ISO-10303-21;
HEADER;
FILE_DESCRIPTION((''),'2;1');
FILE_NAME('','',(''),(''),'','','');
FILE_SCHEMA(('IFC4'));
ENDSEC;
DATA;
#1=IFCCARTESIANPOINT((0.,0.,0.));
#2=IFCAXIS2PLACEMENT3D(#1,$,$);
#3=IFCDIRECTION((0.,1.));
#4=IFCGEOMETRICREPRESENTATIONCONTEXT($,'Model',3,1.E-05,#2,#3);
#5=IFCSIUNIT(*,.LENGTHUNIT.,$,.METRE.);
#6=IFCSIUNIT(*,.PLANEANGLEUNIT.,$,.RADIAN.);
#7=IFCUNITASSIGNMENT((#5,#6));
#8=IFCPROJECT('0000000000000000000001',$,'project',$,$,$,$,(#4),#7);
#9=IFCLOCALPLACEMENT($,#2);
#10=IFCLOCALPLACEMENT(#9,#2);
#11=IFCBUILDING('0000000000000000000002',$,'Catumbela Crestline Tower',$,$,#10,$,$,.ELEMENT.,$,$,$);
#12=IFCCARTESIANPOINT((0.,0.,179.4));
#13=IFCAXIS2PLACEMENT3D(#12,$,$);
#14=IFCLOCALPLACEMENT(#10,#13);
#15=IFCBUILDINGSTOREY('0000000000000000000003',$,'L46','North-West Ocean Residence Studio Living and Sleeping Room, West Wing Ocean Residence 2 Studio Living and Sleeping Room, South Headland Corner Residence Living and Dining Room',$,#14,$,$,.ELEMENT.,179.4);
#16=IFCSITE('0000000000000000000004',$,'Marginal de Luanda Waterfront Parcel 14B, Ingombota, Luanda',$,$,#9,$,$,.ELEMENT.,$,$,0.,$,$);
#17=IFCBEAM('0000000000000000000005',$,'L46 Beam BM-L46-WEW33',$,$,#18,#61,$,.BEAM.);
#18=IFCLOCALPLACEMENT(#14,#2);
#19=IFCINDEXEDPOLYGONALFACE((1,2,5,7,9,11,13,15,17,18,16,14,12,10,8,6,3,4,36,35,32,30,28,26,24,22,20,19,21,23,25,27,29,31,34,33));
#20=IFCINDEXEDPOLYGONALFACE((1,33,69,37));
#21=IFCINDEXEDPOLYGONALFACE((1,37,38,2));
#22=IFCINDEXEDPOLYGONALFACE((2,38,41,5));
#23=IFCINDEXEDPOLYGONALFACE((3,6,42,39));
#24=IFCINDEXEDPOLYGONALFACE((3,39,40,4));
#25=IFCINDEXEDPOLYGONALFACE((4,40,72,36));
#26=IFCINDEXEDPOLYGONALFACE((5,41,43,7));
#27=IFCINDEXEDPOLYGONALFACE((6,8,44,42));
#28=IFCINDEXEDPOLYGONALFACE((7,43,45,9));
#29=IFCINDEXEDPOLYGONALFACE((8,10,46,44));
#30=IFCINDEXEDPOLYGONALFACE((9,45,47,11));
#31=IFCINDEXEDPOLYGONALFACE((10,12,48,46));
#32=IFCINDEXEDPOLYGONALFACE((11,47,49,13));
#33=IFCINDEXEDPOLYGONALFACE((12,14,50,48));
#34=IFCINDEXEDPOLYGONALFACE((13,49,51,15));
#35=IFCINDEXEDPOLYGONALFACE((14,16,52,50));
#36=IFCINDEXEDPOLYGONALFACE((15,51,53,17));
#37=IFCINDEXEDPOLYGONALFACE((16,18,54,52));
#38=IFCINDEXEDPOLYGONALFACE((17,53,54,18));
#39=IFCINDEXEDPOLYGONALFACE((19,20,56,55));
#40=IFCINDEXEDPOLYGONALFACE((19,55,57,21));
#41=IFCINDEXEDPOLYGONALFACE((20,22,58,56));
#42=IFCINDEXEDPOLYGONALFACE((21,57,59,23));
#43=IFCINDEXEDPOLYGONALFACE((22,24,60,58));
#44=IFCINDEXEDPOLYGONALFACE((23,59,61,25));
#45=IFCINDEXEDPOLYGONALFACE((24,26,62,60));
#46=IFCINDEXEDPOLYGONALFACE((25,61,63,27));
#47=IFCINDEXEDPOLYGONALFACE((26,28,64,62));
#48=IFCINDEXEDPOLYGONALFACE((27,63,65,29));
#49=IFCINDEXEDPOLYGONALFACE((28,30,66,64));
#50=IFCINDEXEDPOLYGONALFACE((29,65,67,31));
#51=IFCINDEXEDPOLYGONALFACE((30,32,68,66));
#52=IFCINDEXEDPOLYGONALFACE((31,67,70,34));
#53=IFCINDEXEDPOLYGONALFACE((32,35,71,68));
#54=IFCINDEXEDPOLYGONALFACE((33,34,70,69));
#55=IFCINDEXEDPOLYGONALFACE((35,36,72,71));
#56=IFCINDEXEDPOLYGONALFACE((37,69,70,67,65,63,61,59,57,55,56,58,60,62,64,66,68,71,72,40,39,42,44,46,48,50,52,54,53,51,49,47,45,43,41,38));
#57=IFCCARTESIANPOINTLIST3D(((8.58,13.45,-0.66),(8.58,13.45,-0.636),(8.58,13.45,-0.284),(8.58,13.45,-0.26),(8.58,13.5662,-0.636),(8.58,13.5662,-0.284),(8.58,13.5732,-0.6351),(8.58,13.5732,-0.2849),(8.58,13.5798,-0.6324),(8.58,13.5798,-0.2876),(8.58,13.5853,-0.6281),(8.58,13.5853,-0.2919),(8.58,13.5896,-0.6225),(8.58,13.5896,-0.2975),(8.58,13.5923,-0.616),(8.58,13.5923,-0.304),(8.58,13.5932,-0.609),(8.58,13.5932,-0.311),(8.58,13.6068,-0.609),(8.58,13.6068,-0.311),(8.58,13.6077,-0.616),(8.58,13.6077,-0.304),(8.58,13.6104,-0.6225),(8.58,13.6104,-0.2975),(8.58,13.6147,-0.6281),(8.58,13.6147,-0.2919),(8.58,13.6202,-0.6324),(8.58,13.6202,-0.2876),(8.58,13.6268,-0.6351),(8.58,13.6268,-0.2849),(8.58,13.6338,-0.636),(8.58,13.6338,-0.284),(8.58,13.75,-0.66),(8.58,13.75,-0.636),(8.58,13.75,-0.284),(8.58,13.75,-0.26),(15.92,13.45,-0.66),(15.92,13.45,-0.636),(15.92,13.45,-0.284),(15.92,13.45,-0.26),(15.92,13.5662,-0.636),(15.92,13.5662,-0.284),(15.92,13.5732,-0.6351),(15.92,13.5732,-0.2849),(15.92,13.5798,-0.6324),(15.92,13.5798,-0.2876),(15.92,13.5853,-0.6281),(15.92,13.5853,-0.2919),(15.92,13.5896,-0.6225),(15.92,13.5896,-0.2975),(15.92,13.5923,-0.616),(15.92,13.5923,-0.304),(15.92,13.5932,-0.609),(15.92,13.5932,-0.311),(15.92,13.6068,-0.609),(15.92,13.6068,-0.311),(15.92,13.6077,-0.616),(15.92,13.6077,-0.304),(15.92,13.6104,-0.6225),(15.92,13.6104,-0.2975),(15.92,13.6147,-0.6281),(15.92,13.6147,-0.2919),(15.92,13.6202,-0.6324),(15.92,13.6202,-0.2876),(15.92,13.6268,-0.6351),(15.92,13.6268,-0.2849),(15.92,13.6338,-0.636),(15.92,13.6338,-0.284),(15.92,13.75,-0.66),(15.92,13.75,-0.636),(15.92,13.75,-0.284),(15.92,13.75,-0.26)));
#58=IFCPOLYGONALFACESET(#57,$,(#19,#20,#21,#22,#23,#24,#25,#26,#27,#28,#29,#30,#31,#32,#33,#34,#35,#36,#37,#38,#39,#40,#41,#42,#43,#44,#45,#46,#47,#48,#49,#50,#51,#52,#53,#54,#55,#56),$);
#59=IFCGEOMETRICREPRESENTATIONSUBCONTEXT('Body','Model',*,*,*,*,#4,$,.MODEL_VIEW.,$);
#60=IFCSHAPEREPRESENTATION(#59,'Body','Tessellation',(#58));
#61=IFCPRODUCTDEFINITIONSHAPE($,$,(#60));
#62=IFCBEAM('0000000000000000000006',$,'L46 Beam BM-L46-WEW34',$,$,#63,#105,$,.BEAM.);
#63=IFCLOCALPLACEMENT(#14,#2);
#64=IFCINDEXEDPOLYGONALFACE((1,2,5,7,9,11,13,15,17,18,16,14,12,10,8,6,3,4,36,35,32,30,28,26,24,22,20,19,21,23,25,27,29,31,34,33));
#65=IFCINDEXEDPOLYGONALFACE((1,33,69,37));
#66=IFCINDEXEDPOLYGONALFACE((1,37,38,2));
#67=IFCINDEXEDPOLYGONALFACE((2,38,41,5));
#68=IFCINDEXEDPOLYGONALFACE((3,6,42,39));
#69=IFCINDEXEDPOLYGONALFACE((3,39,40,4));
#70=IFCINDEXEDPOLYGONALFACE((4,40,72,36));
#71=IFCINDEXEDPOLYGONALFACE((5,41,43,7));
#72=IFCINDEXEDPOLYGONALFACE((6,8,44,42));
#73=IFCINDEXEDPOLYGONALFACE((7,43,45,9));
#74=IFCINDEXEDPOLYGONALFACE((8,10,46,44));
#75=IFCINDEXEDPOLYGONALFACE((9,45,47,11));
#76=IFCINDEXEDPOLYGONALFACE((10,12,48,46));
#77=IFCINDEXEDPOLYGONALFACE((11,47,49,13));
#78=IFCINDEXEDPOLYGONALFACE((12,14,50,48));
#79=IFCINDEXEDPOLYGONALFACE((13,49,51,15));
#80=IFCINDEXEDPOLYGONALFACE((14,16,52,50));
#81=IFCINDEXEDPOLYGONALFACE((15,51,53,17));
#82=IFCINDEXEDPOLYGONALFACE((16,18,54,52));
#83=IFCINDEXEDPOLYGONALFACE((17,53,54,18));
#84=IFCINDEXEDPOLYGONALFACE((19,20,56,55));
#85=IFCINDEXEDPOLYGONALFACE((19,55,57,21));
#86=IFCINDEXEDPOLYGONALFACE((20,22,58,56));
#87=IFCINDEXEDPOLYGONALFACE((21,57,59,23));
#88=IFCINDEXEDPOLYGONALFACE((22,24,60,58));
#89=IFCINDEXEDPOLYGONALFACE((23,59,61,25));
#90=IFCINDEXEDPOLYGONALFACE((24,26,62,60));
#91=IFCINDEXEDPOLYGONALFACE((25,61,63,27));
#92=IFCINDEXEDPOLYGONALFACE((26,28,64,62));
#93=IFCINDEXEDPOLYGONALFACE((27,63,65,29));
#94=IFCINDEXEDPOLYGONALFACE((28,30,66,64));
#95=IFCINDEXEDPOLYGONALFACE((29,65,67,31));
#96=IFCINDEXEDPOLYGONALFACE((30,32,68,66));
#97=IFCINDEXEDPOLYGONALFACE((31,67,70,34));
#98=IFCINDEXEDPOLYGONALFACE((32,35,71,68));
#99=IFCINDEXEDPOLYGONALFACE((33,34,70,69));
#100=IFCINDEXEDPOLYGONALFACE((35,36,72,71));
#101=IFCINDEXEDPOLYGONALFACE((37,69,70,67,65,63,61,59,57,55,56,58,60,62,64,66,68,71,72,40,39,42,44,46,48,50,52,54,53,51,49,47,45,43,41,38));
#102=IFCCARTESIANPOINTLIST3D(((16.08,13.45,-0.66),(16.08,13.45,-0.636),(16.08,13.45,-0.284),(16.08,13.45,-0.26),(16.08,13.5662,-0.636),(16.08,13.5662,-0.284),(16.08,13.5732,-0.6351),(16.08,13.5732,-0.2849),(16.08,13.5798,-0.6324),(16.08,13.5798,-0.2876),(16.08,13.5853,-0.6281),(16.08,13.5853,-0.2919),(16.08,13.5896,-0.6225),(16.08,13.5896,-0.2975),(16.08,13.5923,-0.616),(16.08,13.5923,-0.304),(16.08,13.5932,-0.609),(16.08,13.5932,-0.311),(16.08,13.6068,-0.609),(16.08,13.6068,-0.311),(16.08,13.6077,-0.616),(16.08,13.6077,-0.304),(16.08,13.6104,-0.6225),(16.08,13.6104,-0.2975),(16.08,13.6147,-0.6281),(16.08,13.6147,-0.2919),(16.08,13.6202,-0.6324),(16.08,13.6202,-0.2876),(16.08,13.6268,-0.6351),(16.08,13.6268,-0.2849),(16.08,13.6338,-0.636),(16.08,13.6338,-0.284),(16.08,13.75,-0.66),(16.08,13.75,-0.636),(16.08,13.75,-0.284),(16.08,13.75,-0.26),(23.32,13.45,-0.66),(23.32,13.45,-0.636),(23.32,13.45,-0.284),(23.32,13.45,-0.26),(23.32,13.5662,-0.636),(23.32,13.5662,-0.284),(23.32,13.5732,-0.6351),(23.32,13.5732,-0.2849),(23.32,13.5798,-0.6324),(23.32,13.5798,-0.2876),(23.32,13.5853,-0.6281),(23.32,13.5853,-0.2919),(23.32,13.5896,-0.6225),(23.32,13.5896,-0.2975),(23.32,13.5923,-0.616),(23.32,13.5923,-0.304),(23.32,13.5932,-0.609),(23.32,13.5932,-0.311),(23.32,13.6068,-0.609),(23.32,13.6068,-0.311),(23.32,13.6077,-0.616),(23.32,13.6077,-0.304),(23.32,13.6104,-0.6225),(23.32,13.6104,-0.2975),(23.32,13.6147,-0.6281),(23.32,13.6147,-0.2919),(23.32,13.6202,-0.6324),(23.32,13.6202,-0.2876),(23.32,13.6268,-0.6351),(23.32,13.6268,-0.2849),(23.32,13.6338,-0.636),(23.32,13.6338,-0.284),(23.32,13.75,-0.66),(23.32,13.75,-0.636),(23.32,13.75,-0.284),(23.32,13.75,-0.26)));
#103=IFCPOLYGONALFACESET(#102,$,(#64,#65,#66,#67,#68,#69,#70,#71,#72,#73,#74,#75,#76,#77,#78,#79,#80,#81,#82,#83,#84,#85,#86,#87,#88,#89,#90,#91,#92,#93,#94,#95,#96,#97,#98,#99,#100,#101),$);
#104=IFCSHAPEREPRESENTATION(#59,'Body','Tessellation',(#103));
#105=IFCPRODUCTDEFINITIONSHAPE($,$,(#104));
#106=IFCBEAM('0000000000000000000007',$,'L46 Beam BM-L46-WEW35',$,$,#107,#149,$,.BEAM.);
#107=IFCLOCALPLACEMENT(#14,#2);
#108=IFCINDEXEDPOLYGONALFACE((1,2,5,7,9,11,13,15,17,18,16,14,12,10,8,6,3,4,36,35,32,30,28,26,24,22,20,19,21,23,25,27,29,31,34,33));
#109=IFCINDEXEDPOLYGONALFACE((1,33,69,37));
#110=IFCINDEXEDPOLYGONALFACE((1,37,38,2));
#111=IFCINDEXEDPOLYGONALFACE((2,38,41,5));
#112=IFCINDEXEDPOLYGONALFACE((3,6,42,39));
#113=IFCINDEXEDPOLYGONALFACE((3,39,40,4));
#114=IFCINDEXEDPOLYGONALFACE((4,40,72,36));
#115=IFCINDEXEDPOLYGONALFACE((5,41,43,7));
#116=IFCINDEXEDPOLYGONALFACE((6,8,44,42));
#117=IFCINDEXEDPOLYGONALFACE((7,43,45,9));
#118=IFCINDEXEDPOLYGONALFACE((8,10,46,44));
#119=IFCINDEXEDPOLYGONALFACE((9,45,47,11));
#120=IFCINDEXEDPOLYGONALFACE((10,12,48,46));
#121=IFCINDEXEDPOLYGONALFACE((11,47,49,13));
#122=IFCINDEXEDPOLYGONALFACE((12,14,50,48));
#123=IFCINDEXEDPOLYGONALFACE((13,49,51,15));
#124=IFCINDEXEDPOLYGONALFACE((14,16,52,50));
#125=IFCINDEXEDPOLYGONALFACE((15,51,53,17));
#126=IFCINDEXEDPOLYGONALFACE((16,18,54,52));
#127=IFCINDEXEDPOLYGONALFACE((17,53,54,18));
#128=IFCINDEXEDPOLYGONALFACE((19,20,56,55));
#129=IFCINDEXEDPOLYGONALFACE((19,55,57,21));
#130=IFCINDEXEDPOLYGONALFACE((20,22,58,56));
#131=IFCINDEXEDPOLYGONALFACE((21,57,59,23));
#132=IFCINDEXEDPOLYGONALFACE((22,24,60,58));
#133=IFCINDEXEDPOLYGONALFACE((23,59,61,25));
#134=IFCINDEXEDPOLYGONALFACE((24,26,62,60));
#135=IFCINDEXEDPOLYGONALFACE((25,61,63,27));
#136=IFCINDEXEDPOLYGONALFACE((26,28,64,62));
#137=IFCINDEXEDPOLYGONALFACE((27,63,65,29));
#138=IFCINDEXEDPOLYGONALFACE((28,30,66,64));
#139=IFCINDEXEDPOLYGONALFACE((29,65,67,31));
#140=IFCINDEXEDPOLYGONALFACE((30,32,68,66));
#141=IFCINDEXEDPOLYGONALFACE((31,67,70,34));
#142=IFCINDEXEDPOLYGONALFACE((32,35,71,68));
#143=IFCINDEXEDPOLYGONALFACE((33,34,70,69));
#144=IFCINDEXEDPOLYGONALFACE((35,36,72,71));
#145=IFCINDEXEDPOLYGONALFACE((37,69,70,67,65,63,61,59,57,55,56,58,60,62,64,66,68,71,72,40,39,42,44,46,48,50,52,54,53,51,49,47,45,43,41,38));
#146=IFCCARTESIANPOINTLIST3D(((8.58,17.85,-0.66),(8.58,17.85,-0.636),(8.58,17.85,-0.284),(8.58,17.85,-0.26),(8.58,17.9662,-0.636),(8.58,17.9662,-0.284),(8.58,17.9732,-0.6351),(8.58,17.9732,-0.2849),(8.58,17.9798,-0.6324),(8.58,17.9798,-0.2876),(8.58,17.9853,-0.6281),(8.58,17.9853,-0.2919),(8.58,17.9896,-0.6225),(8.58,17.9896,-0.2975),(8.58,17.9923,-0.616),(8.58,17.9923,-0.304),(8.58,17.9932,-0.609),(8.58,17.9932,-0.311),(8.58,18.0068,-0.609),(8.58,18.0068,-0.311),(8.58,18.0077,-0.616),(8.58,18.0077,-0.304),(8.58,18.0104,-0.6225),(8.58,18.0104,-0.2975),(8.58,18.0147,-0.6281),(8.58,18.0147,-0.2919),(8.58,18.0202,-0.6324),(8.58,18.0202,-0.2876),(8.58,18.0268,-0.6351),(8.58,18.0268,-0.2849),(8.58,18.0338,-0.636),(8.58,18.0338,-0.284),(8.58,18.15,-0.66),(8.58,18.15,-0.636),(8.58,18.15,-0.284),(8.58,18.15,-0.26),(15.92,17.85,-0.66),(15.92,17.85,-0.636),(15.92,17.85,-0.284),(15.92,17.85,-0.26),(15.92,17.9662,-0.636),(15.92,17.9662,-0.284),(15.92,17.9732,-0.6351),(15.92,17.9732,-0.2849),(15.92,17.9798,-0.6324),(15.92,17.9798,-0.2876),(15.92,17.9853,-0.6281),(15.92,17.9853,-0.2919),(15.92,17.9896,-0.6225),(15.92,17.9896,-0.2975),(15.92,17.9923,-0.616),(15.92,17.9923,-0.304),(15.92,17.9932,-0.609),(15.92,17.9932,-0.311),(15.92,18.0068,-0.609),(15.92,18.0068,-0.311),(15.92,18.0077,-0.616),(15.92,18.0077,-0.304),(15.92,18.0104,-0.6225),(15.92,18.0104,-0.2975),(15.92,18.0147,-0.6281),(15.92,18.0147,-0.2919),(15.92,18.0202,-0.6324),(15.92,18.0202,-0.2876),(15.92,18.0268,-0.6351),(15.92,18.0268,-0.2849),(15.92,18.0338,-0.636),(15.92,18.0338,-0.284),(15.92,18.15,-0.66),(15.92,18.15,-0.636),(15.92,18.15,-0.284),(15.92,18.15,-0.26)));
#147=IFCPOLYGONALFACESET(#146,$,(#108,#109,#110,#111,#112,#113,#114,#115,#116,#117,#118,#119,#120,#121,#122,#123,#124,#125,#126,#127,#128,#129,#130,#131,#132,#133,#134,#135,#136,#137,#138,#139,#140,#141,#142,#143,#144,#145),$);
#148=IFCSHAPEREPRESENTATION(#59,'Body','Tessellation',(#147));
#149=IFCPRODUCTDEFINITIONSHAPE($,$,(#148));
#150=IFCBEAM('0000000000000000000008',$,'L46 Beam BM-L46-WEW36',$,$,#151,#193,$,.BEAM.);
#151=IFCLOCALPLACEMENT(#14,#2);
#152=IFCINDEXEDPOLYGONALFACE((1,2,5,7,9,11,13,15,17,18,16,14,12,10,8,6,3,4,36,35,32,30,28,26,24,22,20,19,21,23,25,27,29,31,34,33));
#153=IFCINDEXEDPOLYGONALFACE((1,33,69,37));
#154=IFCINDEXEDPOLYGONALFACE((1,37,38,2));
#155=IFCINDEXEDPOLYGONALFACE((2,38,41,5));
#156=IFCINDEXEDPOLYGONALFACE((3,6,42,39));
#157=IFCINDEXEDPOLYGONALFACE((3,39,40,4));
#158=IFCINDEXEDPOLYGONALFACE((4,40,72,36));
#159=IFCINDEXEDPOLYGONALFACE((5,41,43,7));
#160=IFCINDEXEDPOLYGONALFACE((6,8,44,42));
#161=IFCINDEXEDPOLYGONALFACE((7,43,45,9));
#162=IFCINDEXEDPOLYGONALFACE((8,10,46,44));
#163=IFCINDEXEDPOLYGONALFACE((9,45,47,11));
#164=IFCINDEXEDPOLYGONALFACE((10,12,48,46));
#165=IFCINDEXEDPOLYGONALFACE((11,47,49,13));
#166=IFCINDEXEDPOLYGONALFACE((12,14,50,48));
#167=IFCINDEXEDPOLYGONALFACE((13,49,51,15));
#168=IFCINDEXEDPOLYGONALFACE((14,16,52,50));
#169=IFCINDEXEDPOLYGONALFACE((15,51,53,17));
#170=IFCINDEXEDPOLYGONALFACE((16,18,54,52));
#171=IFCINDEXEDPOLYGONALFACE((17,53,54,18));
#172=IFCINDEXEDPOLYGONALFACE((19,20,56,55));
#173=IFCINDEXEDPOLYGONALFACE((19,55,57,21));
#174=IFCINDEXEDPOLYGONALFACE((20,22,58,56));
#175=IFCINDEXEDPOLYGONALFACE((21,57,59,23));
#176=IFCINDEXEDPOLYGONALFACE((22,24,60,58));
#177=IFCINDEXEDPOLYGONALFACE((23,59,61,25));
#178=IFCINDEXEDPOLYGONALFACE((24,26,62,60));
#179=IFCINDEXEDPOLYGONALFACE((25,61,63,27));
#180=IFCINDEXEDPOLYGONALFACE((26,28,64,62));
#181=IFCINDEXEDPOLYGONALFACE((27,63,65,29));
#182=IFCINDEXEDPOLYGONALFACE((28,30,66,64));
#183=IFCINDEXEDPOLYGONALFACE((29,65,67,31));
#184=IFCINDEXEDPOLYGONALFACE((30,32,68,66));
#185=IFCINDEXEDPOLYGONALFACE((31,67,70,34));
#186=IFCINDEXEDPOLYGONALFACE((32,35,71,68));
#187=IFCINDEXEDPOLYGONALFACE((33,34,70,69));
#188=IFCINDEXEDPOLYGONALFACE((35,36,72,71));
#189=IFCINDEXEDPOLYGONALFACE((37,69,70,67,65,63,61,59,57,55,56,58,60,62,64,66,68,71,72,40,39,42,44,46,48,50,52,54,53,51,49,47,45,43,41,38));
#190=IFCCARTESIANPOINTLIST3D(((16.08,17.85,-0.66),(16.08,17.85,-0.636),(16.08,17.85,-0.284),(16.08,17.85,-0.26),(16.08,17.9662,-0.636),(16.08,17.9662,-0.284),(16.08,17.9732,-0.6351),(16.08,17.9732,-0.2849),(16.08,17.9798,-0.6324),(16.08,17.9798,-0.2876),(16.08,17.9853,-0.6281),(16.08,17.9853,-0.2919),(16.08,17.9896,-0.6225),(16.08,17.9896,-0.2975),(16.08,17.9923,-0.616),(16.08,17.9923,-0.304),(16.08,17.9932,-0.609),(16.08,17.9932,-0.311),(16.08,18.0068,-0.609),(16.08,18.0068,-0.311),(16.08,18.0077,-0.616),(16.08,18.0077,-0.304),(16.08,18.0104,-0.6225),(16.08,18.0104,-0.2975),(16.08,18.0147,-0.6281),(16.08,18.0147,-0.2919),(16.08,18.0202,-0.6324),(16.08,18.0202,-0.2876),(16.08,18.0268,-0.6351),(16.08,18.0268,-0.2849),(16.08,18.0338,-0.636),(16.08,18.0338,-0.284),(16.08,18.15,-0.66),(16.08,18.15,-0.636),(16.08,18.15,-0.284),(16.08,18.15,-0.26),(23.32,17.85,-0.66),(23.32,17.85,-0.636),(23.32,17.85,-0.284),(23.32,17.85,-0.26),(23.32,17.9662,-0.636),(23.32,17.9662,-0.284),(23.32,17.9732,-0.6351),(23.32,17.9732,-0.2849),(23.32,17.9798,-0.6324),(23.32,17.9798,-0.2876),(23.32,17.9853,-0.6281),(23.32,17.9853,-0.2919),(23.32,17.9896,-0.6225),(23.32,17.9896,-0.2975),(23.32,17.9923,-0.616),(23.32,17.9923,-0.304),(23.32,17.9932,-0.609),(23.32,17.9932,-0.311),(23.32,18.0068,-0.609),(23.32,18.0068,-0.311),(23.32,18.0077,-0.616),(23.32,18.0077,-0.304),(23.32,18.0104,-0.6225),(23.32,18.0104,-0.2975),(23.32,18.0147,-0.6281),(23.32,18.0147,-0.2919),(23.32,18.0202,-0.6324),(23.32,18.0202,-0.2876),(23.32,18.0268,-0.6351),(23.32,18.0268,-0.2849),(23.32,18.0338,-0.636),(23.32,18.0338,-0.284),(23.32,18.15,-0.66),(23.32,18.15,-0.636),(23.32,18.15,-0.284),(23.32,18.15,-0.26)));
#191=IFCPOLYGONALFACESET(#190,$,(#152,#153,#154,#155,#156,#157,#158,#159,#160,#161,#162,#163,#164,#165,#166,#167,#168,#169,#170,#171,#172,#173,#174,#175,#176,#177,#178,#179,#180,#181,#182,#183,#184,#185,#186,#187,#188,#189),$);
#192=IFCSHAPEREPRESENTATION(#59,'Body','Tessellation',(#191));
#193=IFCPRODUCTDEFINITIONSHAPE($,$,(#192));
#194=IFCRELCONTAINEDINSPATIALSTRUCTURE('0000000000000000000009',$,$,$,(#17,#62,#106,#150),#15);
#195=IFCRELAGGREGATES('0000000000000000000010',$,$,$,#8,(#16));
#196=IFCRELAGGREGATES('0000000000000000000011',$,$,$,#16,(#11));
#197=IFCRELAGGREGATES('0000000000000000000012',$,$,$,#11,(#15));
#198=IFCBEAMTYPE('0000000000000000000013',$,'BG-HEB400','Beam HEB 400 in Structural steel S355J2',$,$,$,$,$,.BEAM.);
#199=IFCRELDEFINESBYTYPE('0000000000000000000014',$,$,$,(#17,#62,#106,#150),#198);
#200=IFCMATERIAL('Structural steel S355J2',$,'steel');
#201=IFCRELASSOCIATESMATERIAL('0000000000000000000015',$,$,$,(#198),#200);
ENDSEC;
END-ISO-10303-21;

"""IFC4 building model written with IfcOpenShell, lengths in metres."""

from ifc_helpers import new_model, si_unit, direction, frame, origin, origin_2d, place, context, subcontext, project, spatial, i_section, extrude, material, material_profile, profile_set, type_object, element, save


model = new_model("IFC4")

# Units and contexts
model_context = context("Model", 3, precision=1e-05, world=origin(), true_north=direction((0.0, 1.0)))
body_context = subcontext(model_context, "Body", "Model", "MODEL_VIEW")
ifc_project = project(units=[si_unit("LENGTHUNIT", "METRE"), si_unit("PLANEANGLEUNIT", "RADIAN")], contexts=[model_context])

# Site, building, storey
site_placement = place(None, origin())
site = spatial("IfcSite", under=ifc_project, at=site_placement, Name="Marginal de Luanda Waterfront Parcel 14B, Ingombota, Luanda", CompositionType="ELEMENT", RefElevation=0.0)
building_placement = place(site_placement, origin())
building = spatial("IfcBuilding", under=site, at=building_placement, Name="Catumbela Crestline Tower", CompositionType="ELEMENT")
storey_placement = place(building_placement, frame((0.0, 0.0, 179.4)))
storey = spatial("IfcBuildingStorey", under=building, at=storey_placement, Name="L46", Description="North-West Ocean Residence Studio Living and Sleeping Room, West Wing Ocean Residence 2 Studio Living and Sleeping Room, South Headland Corner Residence Living and Dining Room", CompositionType="ELEMENT", Elevation=179.4)

# Shared definitions
ifc_material_1 = material(Name="Structural steel S355J2", Category="steel")

# Beams
ifc_material_profile_1 = material_profile(ifc_material_1, i_section(OverallWidth=0.3, OverallDepth=0.4, WebThickness=0.0135, FlangeThickness=0.024, FilletRadius=0.027, at=origin_2d()), Name="HEB 400")
ifc_profile_set_1 = profile_set([ifc_material_profile_1], Name="Structural steel S355J2")
beam_type_1 = type_object("IfcBeamType", Name="BG-HEB400", Description="Beam HEB 400 in Structural steel S355J2", PredefinedType="BEAM", material=ifc_profile_set_1)
beam_1_placement = place(storey_placement, frame((8.58, 13.6, -0.46), z_axis=(1.0, 0.0, 0.0), x_axis=(0.0, 1.0, 0.0)))
element("IfcBeam", 1, at=beam_1_placement, inside=storey, type_object=beam_type_1, Name="L46 Beam BM-L46-WEW33", PredefinedType="BEAM", context=body_context, shape_type="SweptSolid", body=[
    extrude(i_section(OverallWidth=0.3, OverallDepth=0.4, WebThickness=0.0135, FlangeThickness=0.024, FilletRadius=0.027, at=origin_2d()), origin(), (0.0, 0.0, 1.0), 7.34),
])
beam_2_placement = place(storey_placement, frame((16.08, 13.6, -0.46), z_axis=(1.0, 0.0, 0.0), x_axis=(0.0, 1.0, 0.0)))
element("IfcBeam", 2, at=beam_2_placement, inside=storey, type_object=beam_type_1, Name="L46 Beam BM-L46-WEW34", PredefinedType="BEAM", context=body_context, shape_type="SweptSolid", body=[
    extrude(i_section(OverallWidth=0.3, OverallDepth=0.4, WebThickness=0.0135, FlangeThickness=0.024, FilletRadius=0.027, at=origin_2d()), origin(), (0.0, 0.0, 1.0), 7.24),
])
beam_3_placement = place(storey_placement, frame((8.58, 18.0, -0.46), z_axis=(1.0, 0.0, 0.0), x_axis=(0.0, 1.0, 0.0)))
element("IfcBeam", 3, at=beam_3_placement, inside=storey, type_object=beam_type_1, Name="L46 Beam BM-L46-WEW35", PredefinedType="BEAM", context=body_context, shape_type="SweptSolid", body=[
    extrude(i_section(OverallWidth=0.3, OverallDepth=0.4, WebThickness=0.0135, FlangeThickness=0.024, FilletRadius=0.027, at=origin_2d()), origin(), (0.0, 0.0, 1.0), 7.34),
])
beam_4_placement = place(storey_placement, frame((16.08, 18.0, -0.46), z_axis=(1.0, 0.0, 0.0), x_axis=(0.0, 1.0, 0.0)))
element("IfcBeam", 4, at=beam_4_placement, inside=storey, type_object=beam_type_1, Name="L46 Beam BM-L46-WEW36", PredefinedType="BEAM", context=body_context, shape_type="SweptSolid", body=[
    extrude(i_section(OverallWidth=0.3, OverallDepth=0.4, WebThickness=0.0135, FlangeThickness=0.024, FilletRadius=0.027, at=origin_2d()), origin(), (0.0, 0.0, 1.0), 7.24),
])

save(model, "model.ifc")
